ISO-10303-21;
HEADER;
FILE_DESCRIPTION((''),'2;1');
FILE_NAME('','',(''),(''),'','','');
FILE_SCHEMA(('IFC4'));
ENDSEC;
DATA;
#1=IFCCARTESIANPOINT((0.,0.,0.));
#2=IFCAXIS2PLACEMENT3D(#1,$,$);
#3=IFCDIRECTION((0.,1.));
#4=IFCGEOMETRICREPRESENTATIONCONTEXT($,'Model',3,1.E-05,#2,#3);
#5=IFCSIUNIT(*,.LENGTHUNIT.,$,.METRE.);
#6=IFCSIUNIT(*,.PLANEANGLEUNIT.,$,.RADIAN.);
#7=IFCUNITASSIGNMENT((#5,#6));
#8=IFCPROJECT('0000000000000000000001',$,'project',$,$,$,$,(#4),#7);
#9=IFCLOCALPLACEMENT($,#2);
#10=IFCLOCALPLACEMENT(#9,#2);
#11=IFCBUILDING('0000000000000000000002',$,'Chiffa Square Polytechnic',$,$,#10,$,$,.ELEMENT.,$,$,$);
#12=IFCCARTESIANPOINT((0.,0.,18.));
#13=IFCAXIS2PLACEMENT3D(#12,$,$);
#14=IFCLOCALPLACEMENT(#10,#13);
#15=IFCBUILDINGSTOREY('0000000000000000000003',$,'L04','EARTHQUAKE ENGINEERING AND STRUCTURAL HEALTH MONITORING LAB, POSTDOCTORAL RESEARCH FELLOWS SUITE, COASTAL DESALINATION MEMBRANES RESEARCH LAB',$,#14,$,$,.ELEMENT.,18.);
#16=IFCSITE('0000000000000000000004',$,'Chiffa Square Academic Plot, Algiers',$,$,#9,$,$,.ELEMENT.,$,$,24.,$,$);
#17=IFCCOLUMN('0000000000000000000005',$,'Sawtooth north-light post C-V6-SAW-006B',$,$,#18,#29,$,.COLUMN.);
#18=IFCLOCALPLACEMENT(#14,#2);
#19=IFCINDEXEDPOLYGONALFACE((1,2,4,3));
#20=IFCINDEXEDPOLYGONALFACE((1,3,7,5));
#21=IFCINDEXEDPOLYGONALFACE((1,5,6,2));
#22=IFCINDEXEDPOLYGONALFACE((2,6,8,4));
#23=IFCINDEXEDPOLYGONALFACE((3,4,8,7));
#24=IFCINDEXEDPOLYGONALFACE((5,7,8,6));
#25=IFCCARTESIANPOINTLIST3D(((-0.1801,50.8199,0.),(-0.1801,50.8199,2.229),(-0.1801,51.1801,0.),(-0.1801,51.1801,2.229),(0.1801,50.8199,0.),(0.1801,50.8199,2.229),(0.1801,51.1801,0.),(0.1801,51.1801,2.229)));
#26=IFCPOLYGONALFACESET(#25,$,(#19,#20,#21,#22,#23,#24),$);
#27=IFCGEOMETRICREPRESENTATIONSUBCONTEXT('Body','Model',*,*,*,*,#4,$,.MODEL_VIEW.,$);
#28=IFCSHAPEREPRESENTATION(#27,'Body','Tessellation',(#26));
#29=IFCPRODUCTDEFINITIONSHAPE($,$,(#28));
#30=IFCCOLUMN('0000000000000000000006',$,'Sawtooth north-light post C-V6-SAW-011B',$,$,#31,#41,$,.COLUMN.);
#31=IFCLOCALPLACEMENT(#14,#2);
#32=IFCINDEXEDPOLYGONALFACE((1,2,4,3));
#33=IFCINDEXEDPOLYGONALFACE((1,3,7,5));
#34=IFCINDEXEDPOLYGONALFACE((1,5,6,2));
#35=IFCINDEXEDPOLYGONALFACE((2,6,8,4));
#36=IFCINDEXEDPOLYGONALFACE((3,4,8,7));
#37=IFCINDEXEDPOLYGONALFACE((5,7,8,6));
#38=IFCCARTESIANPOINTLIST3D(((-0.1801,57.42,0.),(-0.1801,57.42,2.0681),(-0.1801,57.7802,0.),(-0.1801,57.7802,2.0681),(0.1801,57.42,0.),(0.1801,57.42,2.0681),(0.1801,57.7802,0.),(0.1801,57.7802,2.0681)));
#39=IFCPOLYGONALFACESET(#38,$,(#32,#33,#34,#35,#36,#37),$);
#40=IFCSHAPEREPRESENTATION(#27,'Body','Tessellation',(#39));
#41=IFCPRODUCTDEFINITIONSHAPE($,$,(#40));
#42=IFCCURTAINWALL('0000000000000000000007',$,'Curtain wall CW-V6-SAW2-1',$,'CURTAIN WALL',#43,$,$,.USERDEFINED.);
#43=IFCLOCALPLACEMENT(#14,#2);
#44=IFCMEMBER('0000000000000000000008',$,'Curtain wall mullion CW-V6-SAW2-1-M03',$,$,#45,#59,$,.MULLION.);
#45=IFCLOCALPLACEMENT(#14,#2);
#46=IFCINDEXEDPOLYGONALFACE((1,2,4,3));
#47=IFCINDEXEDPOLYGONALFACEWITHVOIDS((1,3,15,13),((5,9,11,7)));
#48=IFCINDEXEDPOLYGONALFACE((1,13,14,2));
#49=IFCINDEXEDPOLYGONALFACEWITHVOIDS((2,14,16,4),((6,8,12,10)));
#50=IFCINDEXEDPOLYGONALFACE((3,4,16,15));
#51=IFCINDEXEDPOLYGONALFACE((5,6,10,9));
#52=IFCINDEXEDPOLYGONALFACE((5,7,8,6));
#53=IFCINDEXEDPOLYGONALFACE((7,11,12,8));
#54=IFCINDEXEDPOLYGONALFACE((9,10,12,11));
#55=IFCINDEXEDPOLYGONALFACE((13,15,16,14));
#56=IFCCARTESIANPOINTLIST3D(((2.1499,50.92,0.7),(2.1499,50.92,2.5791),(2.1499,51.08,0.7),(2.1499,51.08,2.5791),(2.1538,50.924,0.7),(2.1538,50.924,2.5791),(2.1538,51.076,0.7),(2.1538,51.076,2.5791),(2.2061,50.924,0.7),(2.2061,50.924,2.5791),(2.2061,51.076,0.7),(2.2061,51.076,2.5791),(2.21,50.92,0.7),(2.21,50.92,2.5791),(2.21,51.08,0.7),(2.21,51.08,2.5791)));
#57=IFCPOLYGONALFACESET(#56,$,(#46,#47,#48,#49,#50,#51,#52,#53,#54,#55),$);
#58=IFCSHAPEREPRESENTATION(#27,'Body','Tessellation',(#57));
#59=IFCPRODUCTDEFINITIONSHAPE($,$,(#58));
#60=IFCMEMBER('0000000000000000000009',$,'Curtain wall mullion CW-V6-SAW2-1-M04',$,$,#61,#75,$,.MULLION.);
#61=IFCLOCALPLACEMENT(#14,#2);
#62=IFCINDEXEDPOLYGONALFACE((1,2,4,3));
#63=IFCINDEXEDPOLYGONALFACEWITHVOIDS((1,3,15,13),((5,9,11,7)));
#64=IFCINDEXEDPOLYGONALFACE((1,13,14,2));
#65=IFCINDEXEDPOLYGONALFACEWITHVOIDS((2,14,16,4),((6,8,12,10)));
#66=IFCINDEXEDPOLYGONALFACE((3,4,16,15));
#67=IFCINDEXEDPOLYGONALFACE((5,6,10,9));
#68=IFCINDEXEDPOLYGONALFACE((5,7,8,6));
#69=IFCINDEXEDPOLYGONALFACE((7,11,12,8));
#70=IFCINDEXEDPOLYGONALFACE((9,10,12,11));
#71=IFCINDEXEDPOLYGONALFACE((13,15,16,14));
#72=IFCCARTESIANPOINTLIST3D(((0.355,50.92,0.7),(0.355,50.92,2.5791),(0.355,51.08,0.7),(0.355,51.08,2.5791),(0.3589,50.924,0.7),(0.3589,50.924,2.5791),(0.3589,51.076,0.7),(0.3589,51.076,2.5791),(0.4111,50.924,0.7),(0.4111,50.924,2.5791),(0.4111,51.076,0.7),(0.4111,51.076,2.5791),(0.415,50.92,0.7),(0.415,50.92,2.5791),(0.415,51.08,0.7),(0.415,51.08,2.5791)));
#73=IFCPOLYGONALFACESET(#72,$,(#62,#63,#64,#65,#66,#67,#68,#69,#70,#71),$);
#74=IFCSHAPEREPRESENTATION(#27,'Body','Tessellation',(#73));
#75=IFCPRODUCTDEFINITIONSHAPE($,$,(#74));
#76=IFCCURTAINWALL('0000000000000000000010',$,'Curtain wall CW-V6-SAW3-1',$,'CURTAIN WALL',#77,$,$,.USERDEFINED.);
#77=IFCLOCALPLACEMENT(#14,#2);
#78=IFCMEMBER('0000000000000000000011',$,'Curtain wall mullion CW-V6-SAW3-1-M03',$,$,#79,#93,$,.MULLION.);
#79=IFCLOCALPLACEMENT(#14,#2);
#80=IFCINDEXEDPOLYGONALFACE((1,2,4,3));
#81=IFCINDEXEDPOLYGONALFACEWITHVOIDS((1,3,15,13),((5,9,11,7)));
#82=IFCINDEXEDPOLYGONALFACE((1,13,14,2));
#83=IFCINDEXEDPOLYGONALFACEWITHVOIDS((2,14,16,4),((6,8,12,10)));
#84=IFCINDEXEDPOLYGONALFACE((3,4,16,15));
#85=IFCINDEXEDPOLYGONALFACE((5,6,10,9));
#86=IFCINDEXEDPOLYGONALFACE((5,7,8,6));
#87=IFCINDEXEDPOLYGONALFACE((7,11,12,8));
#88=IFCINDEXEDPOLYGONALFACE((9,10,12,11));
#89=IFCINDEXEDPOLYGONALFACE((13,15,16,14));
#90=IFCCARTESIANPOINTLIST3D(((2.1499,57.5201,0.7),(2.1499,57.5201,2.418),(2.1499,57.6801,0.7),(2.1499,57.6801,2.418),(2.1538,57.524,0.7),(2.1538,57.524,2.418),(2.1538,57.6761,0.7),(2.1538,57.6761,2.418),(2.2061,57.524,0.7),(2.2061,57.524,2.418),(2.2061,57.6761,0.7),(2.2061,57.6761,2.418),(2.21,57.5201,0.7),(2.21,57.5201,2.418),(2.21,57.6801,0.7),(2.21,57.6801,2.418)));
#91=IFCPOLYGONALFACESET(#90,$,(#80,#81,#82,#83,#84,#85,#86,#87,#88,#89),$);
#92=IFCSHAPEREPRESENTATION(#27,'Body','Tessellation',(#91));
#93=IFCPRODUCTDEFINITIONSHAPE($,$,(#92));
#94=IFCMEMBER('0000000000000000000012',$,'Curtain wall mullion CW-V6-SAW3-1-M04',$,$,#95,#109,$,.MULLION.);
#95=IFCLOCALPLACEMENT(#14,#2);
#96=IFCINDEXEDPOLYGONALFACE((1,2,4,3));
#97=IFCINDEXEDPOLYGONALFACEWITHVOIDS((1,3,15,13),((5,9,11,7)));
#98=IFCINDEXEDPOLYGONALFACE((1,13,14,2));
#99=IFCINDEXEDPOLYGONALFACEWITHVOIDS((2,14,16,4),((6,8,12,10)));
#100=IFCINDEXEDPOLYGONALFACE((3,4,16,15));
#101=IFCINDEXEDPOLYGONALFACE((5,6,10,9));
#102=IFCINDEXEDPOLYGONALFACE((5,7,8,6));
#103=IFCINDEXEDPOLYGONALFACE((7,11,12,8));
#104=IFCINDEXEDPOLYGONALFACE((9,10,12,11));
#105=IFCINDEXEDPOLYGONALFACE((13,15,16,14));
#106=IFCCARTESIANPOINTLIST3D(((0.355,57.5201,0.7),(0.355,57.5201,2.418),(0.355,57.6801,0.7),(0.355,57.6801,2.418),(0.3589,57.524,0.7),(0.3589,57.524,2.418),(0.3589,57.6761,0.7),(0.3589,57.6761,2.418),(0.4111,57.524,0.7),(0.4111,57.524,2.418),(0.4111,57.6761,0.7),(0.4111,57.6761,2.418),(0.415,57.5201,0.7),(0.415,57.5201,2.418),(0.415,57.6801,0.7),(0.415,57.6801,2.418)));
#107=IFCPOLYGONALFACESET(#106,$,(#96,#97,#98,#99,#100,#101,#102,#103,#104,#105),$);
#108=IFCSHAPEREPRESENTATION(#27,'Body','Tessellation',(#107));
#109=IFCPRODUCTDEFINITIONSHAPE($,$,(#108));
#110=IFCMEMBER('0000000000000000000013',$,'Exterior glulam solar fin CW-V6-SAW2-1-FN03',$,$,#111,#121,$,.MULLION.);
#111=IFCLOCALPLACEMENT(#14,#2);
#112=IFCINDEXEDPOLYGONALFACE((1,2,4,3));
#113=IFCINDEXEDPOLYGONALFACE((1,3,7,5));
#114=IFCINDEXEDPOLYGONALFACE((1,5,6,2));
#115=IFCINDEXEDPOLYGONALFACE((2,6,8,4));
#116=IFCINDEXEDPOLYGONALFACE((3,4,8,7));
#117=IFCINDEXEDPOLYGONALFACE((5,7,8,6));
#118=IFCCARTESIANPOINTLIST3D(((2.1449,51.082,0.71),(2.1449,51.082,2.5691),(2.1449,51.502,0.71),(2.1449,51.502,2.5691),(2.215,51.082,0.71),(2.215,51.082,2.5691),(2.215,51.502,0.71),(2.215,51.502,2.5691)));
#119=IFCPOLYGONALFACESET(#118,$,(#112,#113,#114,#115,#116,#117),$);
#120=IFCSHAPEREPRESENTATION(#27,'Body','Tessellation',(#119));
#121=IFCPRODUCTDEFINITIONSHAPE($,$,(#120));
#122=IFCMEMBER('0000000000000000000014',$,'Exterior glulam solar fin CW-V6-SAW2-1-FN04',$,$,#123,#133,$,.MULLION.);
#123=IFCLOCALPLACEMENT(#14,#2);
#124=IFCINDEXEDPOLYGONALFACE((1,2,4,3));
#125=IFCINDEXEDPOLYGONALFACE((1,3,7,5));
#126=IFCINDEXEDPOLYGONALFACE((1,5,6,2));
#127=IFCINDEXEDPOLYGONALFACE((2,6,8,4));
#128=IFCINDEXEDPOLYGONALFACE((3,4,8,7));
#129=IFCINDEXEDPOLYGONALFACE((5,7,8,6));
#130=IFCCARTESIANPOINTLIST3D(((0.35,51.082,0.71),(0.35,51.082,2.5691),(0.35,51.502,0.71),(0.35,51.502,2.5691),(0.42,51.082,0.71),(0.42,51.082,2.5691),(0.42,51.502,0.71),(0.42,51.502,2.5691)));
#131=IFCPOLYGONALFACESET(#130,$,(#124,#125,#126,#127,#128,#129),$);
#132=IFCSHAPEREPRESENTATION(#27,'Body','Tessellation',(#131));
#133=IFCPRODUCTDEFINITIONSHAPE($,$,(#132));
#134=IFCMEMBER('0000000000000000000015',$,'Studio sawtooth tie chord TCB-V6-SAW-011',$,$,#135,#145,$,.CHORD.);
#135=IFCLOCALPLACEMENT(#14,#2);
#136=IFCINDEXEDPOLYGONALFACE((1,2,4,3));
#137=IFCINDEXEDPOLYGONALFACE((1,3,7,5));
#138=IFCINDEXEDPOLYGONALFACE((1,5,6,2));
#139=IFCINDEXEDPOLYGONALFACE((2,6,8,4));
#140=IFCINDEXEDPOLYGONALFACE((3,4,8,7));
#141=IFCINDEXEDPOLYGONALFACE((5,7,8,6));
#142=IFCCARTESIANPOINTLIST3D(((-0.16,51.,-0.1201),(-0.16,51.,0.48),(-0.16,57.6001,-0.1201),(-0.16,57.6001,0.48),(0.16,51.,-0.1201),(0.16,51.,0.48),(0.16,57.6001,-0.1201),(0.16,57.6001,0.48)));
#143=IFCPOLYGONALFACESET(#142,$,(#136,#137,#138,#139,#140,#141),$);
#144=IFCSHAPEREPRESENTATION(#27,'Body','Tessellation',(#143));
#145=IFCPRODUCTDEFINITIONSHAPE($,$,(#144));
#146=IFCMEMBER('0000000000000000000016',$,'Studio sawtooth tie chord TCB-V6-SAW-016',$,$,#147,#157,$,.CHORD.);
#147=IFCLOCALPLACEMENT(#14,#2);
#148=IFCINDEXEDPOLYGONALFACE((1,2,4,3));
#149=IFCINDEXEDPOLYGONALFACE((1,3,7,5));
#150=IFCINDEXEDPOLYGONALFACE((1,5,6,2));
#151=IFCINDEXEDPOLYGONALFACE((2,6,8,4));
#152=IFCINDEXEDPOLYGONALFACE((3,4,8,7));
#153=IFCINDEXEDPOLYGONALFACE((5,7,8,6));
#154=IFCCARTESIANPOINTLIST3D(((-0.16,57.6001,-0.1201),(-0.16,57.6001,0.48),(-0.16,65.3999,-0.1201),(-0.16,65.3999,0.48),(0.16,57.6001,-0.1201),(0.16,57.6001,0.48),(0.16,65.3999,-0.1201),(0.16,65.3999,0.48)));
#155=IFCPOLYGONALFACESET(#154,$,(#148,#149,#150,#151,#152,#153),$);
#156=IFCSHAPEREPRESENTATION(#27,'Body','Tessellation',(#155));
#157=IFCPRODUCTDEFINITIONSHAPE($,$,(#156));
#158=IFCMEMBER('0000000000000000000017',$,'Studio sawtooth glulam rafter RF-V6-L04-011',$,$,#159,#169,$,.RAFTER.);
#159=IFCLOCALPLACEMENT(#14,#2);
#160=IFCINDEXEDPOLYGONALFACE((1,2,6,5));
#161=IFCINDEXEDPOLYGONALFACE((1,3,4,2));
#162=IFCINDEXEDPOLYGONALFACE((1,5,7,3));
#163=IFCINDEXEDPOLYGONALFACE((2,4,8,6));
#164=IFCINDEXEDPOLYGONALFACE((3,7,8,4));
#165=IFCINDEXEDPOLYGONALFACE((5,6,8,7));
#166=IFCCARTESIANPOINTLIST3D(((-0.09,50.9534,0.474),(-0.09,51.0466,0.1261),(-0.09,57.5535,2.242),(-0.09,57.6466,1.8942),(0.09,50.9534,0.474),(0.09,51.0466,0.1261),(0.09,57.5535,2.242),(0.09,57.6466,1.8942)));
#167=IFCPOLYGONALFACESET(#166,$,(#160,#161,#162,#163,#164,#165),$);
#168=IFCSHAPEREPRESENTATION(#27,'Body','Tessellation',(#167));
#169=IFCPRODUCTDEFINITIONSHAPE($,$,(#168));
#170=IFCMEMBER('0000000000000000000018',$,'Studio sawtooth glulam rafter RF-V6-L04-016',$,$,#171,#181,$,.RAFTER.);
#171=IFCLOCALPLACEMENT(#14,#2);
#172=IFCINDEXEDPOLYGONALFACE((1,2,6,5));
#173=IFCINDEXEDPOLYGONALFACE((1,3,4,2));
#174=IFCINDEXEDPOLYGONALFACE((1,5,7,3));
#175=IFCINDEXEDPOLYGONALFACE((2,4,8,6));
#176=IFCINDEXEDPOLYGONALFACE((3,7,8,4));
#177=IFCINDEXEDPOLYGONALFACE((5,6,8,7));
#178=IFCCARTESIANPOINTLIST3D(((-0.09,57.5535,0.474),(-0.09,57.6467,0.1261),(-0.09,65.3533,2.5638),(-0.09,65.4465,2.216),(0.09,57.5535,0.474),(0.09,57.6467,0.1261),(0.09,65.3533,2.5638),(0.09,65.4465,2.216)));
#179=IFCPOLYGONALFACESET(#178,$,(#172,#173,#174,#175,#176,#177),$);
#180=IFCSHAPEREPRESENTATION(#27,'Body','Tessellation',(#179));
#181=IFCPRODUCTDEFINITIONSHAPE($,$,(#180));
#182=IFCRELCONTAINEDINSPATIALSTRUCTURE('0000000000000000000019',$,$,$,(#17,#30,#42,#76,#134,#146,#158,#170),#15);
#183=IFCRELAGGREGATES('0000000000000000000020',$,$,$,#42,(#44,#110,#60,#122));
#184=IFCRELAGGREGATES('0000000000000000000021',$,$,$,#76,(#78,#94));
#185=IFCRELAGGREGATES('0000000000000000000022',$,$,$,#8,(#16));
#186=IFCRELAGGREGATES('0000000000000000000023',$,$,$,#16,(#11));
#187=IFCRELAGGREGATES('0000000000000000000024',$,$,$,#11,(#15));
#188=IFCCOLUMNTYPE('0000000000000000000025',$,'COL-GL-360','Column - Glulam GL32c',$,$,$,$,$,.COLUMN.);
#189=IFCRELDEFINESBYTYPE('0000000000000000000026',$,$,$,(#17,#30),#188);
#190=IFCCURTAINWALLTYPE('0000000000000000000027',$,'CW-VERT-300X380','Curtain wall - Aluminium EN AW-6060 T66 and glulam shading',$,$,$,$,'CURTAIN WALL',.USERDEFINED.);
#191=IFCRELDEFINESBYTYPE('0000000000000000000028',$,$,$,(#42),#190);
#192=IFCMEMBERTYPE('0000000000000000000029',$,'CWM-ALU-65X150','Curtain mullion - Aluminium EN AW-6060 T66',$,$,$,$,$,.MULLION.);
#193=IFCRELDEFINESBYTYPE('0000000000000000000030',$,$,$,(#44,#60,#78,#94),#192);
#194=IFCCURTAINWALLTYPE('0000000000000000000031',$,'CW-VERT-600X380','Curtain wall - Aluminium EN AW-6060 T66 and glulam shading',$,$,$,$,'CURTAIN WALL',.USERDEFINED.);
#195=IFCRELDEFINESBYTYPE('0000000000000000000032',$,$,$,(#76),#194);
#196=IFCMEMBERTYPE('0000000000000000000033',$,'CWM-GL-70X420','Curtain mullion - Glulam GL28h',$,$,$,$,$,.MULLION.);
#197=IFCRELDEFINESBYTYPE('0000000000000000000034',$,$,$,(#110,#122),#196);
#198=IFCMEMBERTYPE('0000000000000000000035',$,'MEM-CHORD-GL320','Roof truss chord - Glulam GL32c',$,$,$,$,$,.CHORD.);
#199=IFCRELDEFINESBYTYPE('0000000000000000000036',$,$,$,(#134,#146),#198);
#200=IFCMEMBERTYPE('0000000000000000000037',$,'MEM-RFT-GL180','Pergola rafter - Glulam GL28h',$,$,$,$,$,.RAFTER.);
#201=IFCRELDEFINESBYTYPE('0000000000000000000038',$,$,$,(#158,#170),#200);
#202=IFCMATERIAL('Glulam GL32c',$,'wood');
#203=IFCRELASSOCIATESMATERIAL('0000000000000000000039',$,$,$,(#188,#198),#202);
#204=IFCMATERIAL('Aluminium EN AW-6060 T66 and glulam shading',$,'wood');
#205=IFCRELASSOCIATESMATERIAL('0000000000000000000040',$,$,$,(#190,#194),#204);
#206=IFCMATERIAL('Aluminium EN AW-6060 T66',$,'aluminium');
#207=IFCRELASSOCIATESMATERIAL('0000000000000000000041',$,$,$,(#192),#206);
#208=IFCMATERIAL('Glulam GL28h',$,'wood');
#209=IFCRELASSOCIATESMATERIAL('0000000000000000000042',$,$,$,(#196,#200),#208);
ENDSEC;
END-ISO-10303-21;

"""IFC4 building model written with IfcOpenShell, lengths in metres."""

from ifc_helpers import new_model, si_unit, direction, frame, origin, origin_2d, place, context, subcontext, project, spatial, rectangle, hollow_rectangle, extrude, material, material_profile, profile_set, type_object, element, aggregate, save


model = new_model("IFC4")

# Units and contexts
model_context = context("Model", 3, precision=1e-05, world=origin(), true_north=direction((0.0, 1.0)))
body_context = subcontext(model_context, "Body", "Model", "MODEL_VIEW")
ifc_project = project(units=[si_unit("LENGTHUNIT", "METRE"), si_unit("PLANEANGLEUNIT", "RADIAN")], contexts=[model_context])

# Site, building, storey
site_placement = place(None, origin())
site = spatial("IfcSite", under=ifc_project, at=site_placement, Name="Chiffa Square Academic Plot, Algiers", CompositionType="ELEMENT", RefElevation=24.0)
building_placement = place(site_placement, origin())
building = spatial("IfcBuilding", under=site, at=building_placement, Name="Chiffa Square Polytechnic", CompositionType="ELEMENT")
storey_placement = place(building_placement, frame((0.0, 0.0, 18.0)))
storey = spatial("IfcBuildingStorey", under=building, at=storey_placement, Name="L04", Description="EARTHQUAKE ENGINEERING AND STRUCTURAL HEALTH MONITORING LAB, POSTDOCTORAL RESEARCH FELLOWS SUITE, COASTAL DESALINATION MEMBRANES RESEARCH LAB", CompositionType="ELEMENT", Elevation=18.0)

# Columns
ifc_material_1 = material(Name="Glulam GL32c", Category="wood")
ifc_material_profile_1 = material_profile(ifc_material_1, rectangle(XDim=0.3601, YDim=0.3601, at=origin_2d()), Name="GL32c 360x360")
ifc_profile_set_1 = profile_set([ifc_material_profile_1], Name="Glulam GL32c")
column_type = type_object("IfcColumnType", Name="COL-GL-360", Description="Column - Glulam GL32c", PredefinedType="COLUMN", material=ifc_profile_set_1)
column_1_placement = place(storey_placement, frame((0.0, 51.0, 0.0), z_axis=(0.0, 0.0, 1.0), x_axis=(1.0, 0.0, 0.0)))
element("IfcColumn", 1, at=column_1_placement, inside=storey, type_object=column_type, Name="Sawtooth north-light post C-V6-SAW-006B", PredefinedType="COLUMN", context=body_context, shape_type="SweptSolid", body=[
    extrude(rectangle(XDim=0.3601, YDim=0.3601, at=origin_2d()), origin(), (0.0, 0.0, 1.0), 2.229),
])
column_2_placement = place(storey_placement, frame((0.0, 57.6001, 0.0), z_axis=(0.0, 0.0, 1.0), x_axis=(1.0, 0.0, 0.0)))
element("IfcColumn", 2, at=column_2_placement, inside=storey, type_object=column_type, Name="Sawtooth north-light post C-V6-SAW-011B", PredefinedType="COLUMN", context=body_context, shape_type="SweptSolid", body=[
    extrude(rectangle(XDim=0.3601, YDim=0.3601, at=origin_2d()), origin(), (0.0, 0.0, 1.0), 2.0681),
])

# Curtain walls, members
ifc_material_2 = material(Name="Aluminium EN AW-6060 T66 and glulam shading", Category="wood")
curtain_wall_type_1 = type_object("IfcCurtainWallType", Name="CW-VERT-300X380", Description="Curtain wall - Aluminium EN AW-6060 T66 and glulam shading", ElementType="CURTAIN WALL", PredefinedType="USERDEFINED", material=ifc_material_2)
curtain_wall_1_placement = place(storey_placement, origin())
curtain_wall_1 = element("IfcCurtainWall", 3, at=curtain_wall_1_placement, inside=storey, type_object=curtain_wall_type_1, Name="Curtain wall CW-V6-SAW2-1", ObjectType="CURTAIN WALL", PredefinedType="USERDEFINED")
ifc_material_3 = material(Name="Aluminium EN AW-6060 T66", Category="aluminium")
ifc_material_profile_2 = material_profile(ifc_material_3, hollow_rectangle(XDim=0.0601, YDim=0.1599, WallThickness=0.0039, at=origin_2d()), Name="ALU 60x160x4")
ifc_profile_set_2 = profile_set([ifc_material_profile_2], Name="Aluminium EN AW-6060 T66")
member_type_1 = type_object("IfcMemberType", Name="CWM-ALU-65X150", Description="Curtain mullion - Aluminium EN AW-6060 T66", PredefinedType="MULLION", material=ifc_profile_set_2)
member_1_placement = place(storey_placement, frame((2.1799, 51.0, 0.7), z_axis=(0.0, 0.0, 1.0), x_axis=(1.0, 0.0, 0.0)))
member_1 = element("IfcMember", 4, at=member_1_placement, type_object=member_type_1, Name="Curtain wall mullion CW-V6-SAW2-1-M03", PredefinedType="MULLION", context=body_context, shape_type="SweptSolid", body=[
    extrude(hollow_rectangle(XDim=0.0601, YDim=0.1599, WallThickness=0.0039, at=origin_2d()), origin(), (0.0, 0.0, 1.0), 1.8792),
])
member_2_placement = place(storey_placement, frame((0.385, 51.0, 0.7), z_axis=(0.0, 0.0, 1.0), x_axis=(1.0, 0.0, 0.0)))
member_2 = element("IfcMember", 5, at=member_2_placement, type_object=member_type_1, Name="Curtain wall mullion CW-V6-SAW2-1-M04", PredefinedType="MULLION", context=body_context, shape_type="SweptSolid", body=[
    extrude(hollow_rectangle(XDim=0.0601, YDim=0.1599, WallThickness=0.0039, at=origin_2d()), origin(), (0.0, 0.0, 1.0), 1.8792),
])
curtain_wall_type_2 = type_object("IfcCurtainWallType", Name="CW-VERT-600X380", Description="Curtain wall - Aluminium EN AW-6060 T66 and glulam shading", ElementType="CURTAIN WALL", PredefinedType="USERDEFINED", material=ifc_material_2)
curtain_wall_2_placement = place(storey_placement, origin())
curtain_wall_2 = element("IfcCurtainWall", 6, at=curtain_wall_2_placement, inside=storey, type_object=curtain_wall_type_2, Name="Curtain wall CW-V6-SAW3-1", ObjectType="CURTAIN WALL", PredefinedType="USERDEFINED")
member_3_placement = place(storey_placement, frame((2.1799, 57.6001, 0.7), z_axis=(0.0, 0.0, 1.0), x_axis=(1.0, 0.0, 0.0)))
member_3 = element("IfcMember", 7, at=member_3_placement, type_object=member_type_1, Name="Curtain wall mullion CW-V6-SAW3-1-M03", PredefinedType="MULLION", context=body_context, shape_type="SweptSolid", body=[
    extrude(hollow_rectangle(XDim=0.0601, YDim=0.1599, WallThickness=0.0039, at=origin_2d()), origin(), (0.0, 0.0, 1.0), 1.718),
])
member_4_placement = place(storey_placement, frame((0.385, 57.6001, 0.7), z_axis=(0.0, 0.0, 1.0), x_axis=(1.0, 0.0, 0.0)))
member_4 = element("IfcMember", 8, at=member_4_placement, type_object=member_type_1, Name="Curtain wall mullion CW-V6-SAW3-1-M04", PredefinedType="MULLION", context=body_context, shape_type="SweptSolid", body=[
    extrude(hollow_rectangle(XDim=0.0601, YDim=0.1599, WallThickness=0.0039, at=origin_2d()), origin(), (0.0, 0.0, 1.0), 1.718),
])

# Members
ifc_material_4 = material(Name="Glulam GL28h", Category="wood")
ifc_material_profile_3 = material_profile(ifc_material_4, rectangle(XDim=0.0701, YDim=0.4199, at=origin_2d()), Name="GL28h 70x420")
ifc_profile_set_3 = profile_set([ifc_material_profile_3], Name="Glulam GL28h")
member_type_2 = type_object("IfcMemberType", Name="CWM-GL-70X420", Description="Curtain mullion - Glulam GL28h", PredefinedType="MULLION", material=ifc_profile_set_3)
member_5_placement = place(storey_placement, frame((2.1799, 51.292, 0.71), z_axis=(0.0, 0.0, 1.0), x_axis=(-1.0, 0.0, 0.0)))
member_5 = element("IfcMember", 9, at=member_5_placement, type_object=member_type_2, Name="Exterior glulam solar fin CW-V6-SAW2-1-FN03", PredefinedType="MULLION", context=body_context, shape_type="SweptSolid", body=[
    extrude(rectangle(XDim=0.0701, YDim=0.4199, at=origin_2d()), origin(), (0.0, 0.0, 1.0), 1.8591),
])
member_6_placement = place(storey_placement, frame((0.385, 51.292, 0.71), z_axis=(0.0, 0.0, 1.0), x_axis=(-1.0, 0.0, 0.0)))
member_6 = element("IfcMember", 10, at=member_6_placement, type_object=member_type_2, Name="Exterior glulam solar fin CW-V6-SAW2-1-FN04", PredefinedType="MULLION", context=body_context, shape_type="SweptSolid", body=[
    extrude(rectangle(XDim=0.0701, YDim=0.4199, at=origin_2d()), origin(), (0.0, 0.0, 1.0), 1.8591),
])

# Members
ifc_material_profile_4 = material_profile(ifc_material_1, rectangle(XDim=0.3201, YDim=0.6001, at=origin_2d()), Name="GL32c 320x600")
ifc_profile_set_4 = profile_set([ifc_material_profile_4], Name="Glulam GL32c")
member_type_3 = type_object("IfcMemberType", Name="MEM-CHORD-GL320", Description="Roof truss chord - Glulam GL32c", PredefinedType="CHORD", material=ifc_profile_set_4)
member_7_placement = place(storey_placement, frame((0.0, 51.0, 0.1799), z_axis=(0.0, 1.0, 0.0), x_axis=(-1.0, 0.0, 0.0)))
element("IfcMember", 11, at=member_7_placement, inside=storey, type_object=member_type_3, Name="Studio sawtooth tie chord TCB-V6-SAW-011", PredefinedType="CHORD", context=body_context, shape_type="SweptSolid", body=[
    extrude(rectangle(XDim=0.3201, YDim=0.6001, at=origin_2d()), origin(), (0.0, 0.0, 1.0), 6.6001),
])
member_8_placement = place(storey_placement, frame((0.0, 57.6001, 0.1799), z_axis=(0.0, 1.0, 0.0), x_axis=(-1.0, 0.0, 0.0)))
element("IfcMember", 12, at=member_8_placement, inside=storey, type_object=member_type_3, Name="Studio sawtooth tie chord TCB-V6-SAW-016", PredefinedType="CHORD", context=body_context, shape_type="SweptSolid", body=[
    extrude(rectangle(XDim=0.3201, YDim=0.6001, at=origin_2d()), origin(), (0.0, 0.0, 1.0), 7.7998),
])
ifc_material_profile_5 = material_profile(ifc_material_4, rectangle(XDim=0.1799, YDim=0.3601, at=origin_2d()), Name="GL28h 180x360")
ifc_profile_set_5 = profile_set([ifc_material_profile_5], Name="Glulam GL28h")
member_type_4 = type_object("IfcMemberType", Name="MEM-RFT-GL180", Description="Pergola rafter - Glulam GL28h", PredefinedType="RAFTER", material=ifc_profile_set_5)
member_9_placement = place(storey_placement, frame((0.0, 51.0, 0.3), z_axis=(0.0, 0.965941, 0.258761), x_axis=(-1.0, 0.0, 0.0)))
element("IfcMember", 13, at=member_9_placement, inside=storey, type_object=member_type_4, Name="Studio sawtooth glulam rafter RF-V6-L04-011", PredefinedType="RAFTER", context=body_context, shape_type="SweptSolid", body=[
    extrude(rectangle(XDim=0.1799, YDim=0.3601, at=origin_2d()), origin(), (0.0, 0.0, 1.0), 6.8328),
])
member_10_placement = place(storey_placement, frame((0.0, 57.6001, 0.3), z_axis=(0.0, 0.965929, 0.258807), x_axis=(-1.0, 0.0, 0.0)))
element("IfcMember", 14, at=member_10_placement, inside=storey, type_object=member_type_4, Name="Studio sawtooth glulam rafter RF-V6-L04-016", PredefinedType="RAFTER", context=body_context, shape_type="SweptSolid", body=[
    extrude(rectangle(XDim=0.1799, YDim=0.3601, at=origin_2d()), origin(), (0.0, 0.0, 1.0), 8.075),
])

aggregate(curtain_wall_1, [member_1, member_5, member_2, member_6])
aggregate(curtain_wall_2, [member_3, member_4])

save(model, "model.ifc")
